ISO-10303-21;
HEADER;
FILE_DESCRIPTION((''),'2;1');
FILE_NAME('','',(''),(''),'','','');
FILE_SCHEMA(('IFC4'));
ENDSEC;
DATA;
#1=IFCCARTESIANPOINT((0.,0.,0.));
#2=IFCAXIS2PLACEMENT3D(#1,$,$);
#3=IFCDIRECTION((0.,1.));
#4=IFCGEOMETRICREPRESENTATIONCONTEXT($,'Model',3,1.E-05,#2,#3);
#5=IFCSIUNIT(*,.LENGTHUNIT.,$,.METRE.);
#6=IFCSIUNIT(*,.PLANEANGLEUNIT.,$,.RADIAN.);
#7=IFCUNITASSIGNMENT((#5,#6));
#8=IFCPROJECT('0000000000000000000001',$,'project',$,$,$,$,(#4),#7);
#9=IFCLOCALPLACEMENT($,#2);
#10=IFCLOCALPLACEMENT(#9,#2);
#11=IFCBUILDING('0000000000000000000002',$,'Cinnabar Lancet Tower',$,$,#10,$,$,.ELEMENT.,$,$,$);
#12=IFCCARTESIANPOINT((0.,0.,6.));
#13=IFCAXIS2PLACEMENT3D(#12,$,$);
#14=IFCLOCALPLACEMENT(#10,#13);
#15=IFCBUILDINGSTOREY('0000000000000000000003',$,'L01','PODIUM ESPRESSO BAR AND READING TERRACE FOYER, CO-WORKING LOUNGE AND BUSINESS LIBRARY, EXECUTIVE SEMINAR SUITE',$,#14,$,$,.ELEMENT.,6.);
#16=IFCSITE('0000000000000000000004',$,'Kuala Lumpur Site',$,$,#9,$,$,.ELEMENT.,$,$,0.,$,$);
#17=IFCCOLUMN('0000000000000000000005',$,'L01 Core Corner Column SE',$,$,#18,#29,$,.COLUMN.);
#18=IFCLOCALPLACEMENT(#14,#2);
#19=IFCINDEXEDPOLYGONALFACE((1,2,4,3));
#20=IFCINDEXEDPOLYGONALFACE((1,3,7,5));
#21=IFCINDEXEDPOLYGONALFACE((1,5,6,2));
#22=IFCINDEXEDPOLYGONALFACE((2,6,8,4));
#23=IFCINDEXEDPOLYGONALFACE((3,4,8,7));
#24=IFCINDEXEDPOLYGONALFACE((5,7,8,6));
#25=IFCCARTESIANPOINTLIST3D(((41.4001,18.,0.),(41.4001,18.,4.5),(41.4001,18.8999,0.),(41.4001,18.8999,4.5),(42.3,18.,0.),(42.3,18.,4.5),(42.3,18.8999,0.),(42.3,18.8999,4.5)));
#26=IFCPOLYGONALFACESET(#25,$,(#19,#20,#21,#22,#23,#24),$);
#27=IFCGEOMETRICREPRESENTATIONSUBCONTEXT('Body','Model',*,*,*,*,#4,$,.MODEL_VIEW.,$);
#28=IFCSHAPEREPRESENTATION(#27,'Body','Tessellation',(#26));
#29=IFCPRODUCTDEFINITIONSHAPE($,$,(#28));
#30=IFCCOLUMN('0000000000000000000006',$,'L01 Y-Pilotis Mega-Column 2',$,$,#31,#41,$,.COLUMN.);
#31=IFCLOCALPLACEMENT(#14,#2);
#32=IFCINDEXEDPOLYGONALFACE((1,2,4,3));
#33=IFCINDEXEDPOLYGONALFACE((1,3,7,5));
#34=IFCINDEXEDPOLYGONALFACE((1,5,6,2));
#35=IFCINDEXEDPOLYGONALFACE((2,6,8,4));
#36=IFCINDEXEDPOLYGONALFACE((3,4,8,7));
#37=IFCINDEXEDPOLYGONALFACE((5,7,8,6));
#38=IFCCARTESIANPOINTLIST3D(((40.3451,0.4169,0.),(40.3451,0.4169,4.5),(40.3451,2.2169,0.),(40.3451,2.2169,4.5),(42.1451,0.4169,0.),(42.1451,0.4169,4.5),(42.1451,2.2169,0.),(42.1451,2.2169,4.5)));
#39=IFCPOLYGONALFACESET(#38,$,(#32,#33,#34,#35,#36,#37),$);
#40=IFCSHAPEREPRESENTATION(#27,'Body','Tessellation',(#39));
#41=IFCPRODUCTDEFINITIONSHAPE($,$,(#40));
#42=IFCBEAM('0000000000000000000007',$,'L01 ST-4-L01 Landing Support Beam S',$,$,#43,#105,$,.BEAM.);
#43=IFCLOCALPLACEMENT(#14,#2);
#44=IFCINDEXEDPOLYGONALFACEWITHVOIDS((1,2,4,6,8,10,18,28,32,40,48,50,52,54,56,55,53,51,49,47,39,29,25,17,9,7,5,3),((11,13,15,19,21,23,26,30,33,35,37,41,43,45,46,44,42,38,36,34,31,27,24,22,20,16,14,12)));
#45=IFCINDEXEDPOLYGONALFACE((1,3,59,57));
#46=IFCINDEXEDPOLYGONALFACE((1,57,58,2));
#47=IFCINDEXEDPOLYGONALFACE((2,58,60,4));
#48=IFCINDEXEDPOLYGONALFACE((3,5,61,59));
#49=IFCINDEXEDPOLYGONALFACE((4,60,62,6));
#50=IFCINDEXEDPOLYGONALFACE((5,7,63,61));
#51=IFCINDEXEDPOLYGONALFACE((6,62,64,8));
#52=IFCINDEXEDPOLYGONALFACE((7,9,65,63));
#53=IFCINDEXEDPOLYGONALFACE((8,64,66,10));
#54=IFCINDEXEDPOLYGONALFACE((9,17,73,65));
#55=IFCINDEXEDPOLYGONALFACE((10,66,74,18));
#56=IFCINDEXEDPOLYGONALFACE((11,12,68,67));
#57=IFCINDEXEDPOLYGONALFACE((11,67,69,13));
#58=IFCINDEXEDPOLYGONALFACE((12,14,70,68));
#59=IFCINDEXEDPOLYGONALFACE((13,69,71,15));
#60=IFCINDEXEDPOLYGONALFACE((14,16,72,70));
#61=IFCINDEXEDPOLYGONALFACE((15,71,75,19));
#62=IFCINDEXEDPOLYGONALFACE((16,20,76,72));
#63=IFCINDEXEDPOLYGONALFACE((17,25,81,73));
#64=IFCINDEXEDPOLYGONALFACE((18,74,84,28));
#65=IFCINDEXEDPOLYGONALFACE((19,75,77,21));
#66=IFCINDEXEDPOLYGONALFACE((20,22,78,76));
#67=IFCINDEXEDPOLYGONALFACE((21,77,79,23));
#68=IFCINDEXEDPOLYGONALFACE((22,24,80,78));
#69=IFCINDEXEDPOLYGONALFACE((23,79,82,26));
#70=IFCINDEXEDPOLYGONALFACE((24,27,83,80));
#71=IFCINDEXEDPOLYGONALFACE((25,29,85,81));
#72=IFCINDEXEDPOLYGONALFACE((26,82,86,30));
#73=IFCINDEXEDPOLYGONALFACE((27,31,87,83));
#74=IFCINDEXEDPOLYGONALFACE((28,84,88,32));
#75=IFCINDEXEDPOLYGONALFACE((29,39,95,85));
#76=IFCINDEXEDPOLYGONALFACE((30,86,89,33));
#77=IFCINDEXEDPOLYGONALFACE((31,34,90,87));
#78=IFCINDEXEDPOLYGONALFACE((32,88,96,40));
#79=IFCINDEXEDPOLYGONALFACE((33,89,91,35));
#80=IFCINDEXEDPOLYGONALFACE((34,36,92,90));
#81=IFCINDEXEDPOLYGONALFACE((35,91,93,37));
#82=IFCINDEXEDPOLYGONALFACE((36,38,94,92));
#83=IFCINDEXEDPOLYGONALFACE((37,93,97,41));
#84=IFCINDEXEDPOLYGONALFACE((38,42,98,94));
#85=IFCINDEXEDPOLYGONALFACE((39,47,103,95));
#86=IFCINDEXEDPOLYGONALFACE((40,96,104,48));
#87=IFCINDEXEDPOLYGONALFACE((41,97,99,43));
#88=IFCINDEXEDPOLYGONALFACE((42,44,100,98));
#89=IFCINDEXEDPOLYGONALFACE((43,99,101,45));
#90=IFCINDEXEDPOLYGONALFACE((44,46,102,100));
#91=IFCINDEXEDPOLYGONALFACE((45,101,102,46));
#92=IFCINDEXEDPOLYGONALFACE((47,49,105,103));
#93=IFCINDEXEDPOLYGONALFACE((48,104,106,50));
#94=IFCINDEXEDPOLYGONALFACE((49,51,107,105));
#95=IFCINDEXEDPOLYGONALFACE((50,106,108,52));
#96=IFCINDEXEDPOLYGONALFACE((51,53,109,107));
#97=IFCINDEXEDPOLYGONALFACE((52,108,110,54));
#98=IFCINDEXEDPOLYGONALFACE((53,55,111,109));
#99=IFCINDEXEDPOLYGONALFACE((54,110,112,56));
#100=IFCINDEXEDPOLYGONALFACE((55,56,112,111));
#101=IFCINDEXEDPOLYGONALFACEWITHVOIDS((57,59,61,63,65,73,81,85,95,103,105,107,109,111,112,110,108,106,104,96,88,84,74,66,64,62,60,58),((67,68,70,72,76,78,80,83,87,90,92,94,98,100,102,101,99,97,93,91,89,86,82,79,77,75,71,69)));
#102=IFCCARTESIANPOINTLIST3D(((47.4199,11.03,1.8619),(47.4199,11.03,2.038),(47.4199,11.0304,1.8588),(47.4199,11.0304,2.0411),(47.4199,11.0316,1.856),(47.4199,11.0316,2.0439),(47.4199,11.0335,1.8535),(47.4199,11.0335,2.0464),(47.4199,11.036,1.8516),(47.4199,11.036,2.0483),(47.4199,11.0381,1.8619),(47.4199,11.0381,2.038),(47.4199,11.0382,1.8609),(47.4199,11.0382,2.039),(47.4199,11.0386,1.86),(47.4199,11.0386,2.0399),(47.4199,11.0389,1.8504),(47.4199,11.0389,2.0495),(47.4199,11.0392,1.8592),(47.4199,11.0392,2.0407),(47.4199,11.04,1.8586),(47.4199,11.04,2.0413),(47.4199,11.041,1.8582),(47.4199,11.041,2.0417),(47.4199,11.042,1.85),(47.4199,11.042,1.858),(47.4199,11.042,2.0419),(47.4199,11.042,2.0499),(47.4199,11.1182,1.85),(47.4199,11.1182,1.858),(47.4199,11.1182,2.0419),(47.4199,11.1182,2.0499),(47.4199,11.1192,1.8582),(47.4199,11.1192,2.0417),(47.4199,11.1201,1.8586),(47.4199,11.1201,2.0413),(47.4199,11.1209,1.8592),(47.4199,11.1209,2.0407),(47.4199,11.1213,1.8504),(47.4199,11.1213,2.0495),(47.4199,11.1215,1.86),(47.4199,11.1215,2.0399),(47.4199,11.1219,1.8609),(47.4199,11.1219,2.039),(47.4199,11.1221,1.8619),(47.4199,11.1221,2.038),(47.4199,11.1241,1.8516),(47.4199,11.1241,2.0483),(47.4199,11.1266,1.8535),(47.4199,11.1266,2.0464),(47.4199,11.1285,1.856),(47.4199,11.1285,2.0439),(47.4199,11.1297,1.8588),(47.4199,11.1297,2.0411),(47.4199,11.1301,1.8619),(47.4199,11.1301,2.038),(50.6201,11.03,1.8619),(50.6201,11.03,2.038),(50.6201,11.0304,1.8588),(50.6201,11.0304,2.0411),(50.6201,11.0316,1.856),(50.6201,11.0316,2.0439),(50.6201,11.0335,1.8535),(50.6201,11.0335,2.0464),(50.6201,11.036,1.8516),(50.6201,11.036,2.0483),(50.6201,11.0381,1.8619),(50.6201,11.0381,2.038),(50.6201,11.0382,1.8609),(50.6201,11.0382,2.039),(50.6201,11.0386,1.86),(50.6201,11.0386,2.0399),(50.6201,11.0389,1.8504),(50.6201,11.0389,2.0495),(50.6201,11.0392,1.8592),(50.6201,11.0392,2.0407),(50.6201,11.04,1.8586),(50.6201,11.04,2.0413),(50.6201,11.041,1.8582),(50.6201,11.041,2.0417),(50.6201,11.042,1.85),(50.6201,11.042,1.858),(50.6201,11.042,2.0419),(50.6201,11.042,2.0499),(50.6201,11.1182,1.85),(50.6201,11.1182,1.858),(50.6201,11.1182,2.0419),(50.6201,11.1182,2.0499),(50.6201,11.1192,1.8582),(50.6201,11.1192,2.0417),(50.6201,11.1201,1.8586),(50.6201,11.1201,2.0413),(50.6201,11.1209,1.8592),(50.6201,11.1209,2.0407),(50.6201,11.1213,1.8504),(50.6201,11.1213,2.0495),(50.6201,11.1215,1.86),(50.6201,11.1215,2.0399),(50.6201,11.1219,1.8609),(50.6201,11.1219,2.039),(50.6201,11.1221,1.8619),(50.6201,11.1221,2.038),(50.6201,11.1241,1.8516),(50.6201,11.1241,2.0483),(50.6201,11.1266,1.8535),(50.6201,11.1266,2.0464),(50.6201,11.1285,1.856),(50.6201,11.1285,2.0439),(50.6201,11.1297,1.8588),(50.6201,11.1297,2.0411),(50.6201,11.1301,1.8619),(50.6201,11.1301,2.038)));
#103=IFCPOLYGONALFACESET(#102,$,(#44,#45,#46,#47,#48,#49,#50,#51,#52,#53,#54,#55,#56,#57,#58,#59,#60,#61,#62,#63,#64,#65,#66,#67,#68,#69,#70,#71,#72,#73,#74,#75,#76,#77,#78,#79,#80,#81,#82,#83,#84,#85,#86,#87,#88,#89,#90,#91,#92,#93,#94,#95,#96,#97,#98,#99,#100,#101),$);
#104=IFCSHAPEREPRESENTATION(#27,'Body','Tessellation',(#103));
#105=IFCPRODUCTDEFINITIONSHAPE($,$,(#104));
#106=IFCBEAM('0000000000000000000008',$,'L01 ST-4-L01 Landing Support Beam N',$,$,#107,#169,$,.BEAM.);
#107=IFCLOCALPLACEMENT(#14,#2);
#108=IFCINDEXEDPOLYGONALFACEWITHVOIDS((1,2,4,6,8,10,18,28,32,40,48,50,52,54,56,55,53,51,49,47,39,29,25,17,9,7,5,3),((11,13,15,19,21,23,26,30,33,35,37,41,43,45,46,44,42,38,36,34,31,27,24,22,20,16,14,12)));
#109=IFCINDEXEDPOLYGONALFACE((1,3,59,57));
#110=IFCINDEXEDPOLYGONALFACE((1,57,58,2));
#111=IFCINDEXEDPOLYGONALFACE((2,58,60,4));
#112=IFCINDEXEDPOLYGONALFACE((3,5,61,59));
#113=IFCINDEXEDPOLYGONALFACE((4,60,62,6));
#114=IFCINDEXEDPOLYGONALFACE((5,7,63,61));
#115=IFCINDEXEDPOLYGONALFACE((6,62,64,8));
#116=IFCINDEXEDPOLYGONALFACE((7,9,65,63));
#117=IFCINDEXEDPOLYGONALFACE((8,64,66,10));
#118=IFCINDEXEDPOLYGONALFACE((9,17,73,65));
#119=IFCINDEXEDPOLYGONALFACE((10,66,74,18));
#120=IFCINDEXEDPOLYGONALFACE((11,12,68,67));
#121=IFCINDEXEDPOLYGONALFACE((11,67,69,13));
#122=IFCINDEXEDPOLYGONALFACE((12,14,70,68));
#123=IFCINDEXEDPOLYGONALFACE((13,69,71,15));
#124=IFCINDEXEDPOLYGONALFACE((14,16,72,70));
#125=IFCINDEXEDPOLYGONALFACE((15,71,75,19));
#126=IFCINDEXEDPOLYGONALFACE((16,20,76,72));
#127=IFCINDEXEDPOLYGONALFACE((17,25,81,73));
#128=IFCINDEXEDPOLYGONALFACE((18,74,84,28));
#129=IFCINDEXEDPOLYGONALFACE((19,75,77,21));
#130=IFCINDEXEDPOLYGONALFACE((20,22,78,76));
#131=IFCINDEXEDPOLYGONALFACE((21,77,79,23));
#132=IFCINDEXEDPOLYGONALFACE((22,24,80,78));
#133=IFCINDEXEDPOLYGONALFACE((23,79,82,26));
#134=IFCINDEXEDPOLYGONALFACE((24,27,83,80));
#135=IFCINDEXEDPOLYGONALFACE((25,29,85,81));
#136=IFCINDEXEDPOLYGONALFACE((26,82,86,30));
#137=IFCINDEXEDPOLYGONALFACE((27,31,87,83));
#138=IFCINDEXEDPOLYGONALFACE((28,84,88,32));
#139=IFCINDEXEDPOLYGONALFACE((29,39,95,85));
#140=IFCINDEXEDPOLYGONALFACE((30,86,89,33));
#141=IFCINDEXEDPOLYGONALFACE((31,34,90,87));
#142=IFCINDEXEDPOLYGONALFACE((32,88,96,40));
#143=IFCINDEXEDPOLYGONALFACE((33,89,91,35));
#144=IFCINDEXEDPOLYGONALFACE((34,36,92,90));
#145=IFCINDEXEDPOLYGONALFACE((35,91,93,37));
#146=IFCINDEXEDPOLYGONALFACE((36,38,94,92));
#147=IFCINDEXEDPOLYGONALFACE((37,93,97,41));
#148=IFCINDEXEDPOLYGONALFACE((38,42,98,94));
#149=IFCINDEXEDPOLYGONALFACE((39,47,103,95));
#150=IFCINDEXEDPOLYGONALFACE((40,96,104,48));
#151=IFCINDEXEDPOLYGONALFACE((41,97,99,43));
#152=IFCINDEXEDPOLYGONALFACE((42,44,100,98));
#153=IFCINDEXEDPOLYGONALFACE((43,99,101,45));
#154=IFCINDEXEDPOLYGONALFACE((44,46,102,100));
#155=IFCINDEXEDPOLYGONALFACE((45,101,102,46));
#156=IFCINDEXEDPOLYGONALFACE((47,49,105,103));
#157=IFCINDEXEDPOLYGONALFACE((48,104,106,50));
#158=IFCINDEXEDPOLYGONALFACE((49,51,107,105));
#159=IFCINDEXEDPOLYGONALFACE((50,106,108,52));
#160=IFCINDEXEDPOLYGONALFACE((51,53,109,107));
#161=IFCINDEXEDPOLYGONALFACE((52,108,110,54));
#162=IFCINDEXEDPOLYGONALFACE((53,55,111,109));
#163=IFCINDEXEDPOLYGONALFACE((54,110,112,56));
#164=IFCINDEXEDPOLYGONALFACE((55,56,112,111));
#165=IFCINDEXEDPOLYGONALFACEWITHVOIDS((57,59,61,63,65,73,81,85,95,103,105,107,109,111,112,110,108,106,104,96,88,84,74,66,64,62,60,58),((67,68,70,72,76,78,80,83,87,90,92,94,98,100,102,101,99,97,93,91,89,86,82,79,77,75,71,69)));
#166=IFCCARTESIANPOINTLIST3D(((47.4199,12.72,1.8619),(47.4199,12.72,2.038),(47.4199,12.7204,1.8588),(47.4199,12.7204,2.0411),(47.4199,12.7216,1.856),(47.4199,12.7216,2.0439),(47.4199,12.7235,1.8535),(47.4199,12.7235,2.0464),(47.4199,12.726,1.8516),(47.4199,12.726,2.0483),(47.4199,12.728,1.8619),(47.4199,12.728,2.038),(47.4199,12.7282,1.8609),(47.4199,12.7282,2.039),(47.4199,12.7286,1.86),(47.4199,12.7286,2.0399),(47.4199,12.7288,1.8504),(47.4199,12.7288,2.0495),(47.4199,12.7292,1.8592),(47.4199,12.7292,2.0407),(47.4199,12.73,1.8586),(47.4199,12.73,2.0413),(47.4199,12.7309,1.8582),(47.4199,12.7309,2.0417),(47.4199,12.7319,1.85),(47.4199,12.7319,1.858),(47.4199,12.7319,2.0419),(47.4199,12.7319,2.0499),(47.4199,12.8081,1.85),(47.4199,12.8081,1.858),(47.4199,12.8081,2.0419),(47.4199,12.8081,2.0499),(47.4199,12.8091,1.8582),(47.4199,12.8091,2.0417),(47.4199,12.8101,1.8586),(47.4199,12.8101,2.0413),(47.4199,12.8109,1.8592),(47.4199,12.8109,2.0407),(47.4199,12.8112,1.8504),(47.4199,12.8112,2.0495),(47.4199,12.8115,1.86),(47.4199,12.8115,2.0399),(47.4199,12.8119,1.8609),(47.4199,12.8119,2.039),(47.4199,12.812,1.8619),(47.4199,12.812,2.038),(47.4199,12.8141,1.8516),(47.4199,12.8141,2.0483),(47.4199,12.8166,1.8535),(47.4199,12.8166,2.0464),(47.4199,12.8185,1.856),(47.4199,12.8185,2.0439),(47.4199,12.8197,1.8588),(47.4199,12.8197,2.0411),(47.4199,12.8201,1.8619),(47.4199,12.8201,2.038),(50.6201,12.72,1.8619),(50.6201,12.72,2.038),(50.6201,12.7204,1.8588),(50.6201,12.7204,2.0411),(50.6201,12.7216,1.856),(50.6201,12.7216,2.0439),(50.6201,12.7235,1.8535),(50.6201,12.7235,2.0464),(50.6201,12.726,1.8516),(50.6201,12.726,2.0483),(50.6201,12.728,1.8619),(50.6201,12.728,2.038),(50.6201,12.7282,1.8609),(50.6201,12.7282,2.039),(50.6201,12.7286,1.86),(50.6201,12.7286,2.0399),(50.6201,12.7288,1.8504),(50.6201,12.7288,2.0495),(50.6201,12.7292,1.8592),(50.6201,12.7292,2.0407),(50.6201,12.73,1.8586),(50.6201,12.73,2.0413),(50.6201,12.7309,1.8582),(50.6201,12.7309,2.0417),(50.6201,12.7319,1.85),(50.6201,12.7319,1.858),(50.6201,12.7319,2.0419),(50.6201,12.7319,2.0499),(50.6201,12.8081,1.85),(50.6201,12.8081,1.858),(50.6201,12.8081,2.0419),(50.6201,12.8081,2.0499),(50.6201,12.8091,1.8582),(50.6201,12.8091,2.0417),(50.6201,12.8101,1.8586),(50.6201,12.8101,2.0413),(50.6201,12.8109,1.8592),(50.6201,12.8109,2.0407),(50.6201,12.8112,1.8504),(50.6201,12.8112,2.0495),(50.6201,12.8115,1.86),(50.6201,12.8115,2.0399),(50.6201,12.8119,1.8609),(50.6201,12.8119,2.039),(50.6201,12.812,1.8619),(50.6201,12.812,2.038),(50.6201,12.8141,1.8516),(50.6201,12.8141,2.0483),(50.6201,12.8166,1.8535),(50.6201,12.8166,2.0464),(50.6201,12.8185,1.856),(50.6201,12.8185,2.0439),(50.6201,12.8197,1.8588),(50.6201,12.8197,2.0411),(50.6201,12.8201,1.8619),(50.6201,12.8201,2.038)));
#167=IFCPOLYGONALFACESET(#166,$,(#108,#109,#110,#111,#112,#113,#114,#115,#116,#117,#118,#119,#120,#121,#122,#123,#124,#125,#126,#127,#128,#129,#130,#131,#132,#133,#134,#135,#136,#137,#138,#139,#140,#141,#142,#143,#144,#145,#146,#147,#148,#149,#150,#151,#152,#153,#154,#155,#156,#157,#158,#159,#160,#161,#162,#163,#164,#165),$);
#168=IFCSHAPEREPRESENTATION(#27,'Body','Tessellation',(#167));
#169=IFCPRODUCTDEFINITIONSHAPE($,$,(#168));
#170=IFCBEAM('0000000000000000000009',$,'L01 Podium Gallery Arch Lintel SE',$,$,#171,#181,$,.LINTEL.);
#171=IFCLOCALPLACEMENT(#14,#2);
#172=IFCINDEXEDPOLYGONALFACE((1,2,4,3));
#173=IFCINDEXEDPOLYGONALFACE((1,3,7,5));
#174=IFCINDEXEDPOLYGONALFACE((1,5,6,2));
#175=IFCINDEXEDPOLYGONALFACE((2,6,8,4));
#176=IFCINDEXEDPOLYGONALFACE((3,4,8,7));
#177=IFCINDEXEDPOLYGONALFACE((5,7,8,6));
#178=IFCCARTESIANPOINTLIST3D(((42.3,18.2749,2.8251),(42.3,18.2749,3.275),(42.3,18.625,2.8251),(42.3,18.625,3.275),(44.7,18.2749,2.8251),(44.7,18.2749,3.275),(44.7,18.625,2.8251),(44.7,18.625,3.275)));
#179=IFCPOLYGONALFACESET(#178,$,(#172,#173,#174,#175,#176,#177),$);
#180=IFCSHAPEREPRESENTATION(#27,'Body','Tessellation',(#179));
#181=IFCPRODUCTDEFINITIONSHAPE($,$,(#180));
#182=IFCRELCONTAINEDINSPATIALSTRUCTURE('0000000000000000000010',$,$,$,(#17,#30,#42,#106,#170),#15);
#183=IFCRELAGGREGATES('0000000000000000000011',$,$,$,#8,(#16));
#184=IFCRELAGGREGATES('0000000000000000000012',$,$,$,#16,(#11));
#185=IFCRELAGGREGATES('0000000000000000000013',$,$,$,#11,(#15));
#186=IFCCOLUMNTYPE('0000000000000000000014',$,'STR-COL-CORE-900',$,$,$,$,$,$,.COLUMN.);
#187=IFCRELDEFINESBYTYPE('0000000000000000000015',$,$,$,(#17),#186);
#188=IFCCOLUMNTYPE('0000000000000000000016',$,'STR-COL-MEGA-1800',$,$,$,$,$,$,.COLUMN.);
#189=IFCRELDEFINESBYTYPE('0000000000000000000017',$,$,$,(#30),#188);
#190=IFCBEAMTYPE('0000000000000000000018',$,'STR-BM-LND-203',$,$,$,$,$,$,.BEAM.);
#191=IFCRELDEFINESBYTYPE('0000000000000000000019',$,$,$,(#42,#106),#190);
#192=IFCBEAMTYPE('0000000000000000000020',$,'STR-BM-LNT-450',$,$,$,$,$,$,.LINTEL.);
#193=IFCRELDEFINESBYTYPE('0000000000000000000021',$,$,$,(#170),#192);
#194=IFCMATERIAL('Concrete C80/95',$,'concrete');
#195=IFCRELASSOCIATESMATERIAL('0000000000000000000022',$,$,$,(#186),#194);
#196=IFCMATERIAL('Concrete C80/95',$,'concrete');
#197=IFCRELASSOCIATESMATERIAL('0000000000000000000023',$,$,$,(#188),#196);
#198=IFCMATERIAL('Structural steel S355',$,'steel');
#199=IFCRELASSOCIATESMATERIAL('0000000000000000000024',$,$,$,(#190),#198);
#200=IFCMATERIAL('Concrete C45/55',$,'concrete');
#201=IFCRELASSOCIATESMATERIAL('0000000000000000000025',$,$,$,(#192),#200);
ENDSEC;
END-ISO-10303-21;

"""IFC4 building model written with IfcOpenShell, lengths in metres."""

from ifc_helpers import new_model, si_unit, direction, frame, origin, origin_2d, place, context, subcontext, project, spatial, rectangle, hollow_rectangle, extrude, material, material_profile, profile_set, type_object, element, save


model = new_model("IFC4")

# Units and contexts
model_context = context("Model", 3, precision=1e-05, world=origin(), true_north=direction((0.0, 1.0)))
body_context = subcontext(model_context, "Body", "Model", "MODEL_VIEW")
ifc_project = project(units=[si_unit("LENGTHUNIT", "METRE"), si_unit("PLANEANGLEUNIT", "RADIAN")], contexts=[model_context])

# Site, building, storey
site_placement = place(None, origin())
site = spatial("IfcSite", under=ifc_project, at=site_placement, Name="Kuala Lumpur Site", CompositionType="ELEMENT", RefElevation=0.0)
building_placement = place(site_placement, origin())
building = spatial("IfcBuilding", under=site, at=building_placement, Name="Cinnabar Lancet Tower", CompositionType="ELEMENT")
storey_placement = place(building_placement, frame((0.0, 0.0, 6.0)))
storey = spatial("IfcBuildingStorey", under=building, at=storey_placement, Name="L01", Description="PODIUM ESPRESSO BAR AND READING TERRACE FOYER, CO-WORKING LOUNGE AND BUSINESS LIBRARY, EXECUTIVE SEMINAR SUITE", CompositionType="ELEMENT", Elevation=6.0)

# Columns
ifc_material_1 = material(Name="Concrete C80/95", Category="concrete")
ifc_material_profile_1 = material_profile(ifc_material_1, rectangle(XDim=0.8999, YDim=0.8999, at=origin_2d()), Name="RC-COL 900x900")
ifc_profile_set_1 = profile_set([ifc_material_profile_1], Name="Concrete C80/95")
column_type_1 = type_object("IfcColumnType", Name="STR-COL-CORE-900", PredefinedType="COLUMN", material=ifc_profile_set_1)
column_1_placement = place(storey_placement, frame((41.8501, 18.45, 0.0), z_axis=(0.0, 0.0, 1.0), x_axis=(1.0, 0.0, 0.0)))
element("IfcColumn", 1, at=column_1_placement, inside=storey, type_object=column_type_1, Name="L01 Core Corner Column SE", PredefinedType="COLUMN", context=body_context, shape_type="SweptSolid", body=[
    extrude(rectangle(XDim=0.8999, YDim=0.8999, at=origin_2d()), origin(), (0.0, 0.0, 1.0), 4.5),
])
ifc_material_2 = material(Name="Concrete C80/95", Category="concrete")
ifc_material_profile_2 = material_profile(ifc_material_2, rectangle(XDim=1.8, YDim=1.8, at=origin_2d()), Name="RC-MEGA 1800x1800")
ifc_profile_set_2 = profile_set([ifc_material_profile_2], Name="Concrete C80/95")
column_type_2 = type_object("IfcColumnType", Name="STR-COL-MEGA-1800", PredefinedType="COLUMN", material=ifc_profile_set_2)
column_2_placement = place(storey_placement, frame((41.2451, 1.3169, 0.0), z_axis=(0.0, 0.0, 1.0), x_axis=(1.0, 0.0, 0.0)))
element("IfcColumn", 2, at=column_2_placement, inside=storey, type_object=column_type_2, Name="L01 Y-Pilotis Mega-Column 2", PredefinedType="COLUMN", context=body_context, shape_type="SweptSolid", body=[
    extrude(rectangle(XDim=1.8, YDim=1.8, at=origin_2d()), origin(), (0.0, 0.0, 1.0), 4.5),
])

# Beams
ifc_material_3 = material(Name="Structural steel S355", Category="steel")
ifc_material_profile_3 = material_profile(ifc_material_3, hollow_rectangle(XDim=0.1001, YDim=0.2, WallThickness=0.0081, InnerFilletRadius=0.0039, OuterFilletRadius=0.012, at=origin_2d()), Name="RHS 200x100x8")
ifc_profile_set_3 = profile_set([ifc_material_profile_3], Name="Structural steel S355")
beam_type_1 = type_object("IfcBeamType", Name="STR-BM-LND-203", PredefinedType="BEAM", material=ifc_profile_set_3)
for number, where, z_axis, x_axis, name in (
    (3, (47.4199, 11.0801, 1.95), (1.0, 0.0, 0.0), (0.0, 1.0, 0.0), "L01 ST-4-L01 Landing Support Beam S"),
    (4, (47.4199, 12.77, 1.95), (1.0, 0.0, 0.0), (0.0, 1.0, 0.0), "L01 ST-4-L01 Landing Support Beam N"),
):
    element("IfcBeam", number, at=place(storey_placement, frame(where, z_axis=z_axis, x_axis=x_axis)), inside=storey, type_object=beam_type_1, Name=name, PredefinedType="BEAM", context=body_context, shape_type="SweptSolid", body=[
        extrude(hollow_rectangle(XDim=0.1001, YDim=0.2, WallThickness=0.0081, InnerFilletRadius=0.0039, OuterFilletRadius=0.012, at=origin_2d()), origin(), (0.0, 0.0, 1.0), 3.2002),
    ])
ifc_material_4 = material(Name="Concrete C45/55", Category="concrete")
ifc_material_profile_4 = material_profile(ifc_material_4, rectangle(XDim=0.3501, YDim=0.45, at=origin_2d()), Name="RC-LNT 350x450")
ifc_profile_set_4 = profile_set([ifc_material_profile_4], Name="Concrete C45/55")
beam_type_2 = type_object("IfcBeamType", Name="STR-BM-LNT-450", PredefinedType="LINTEL", material=ifc_profile_set_4)
beam_1_placement = place(storey_placement, frame((42.3, 18.45, 3.05), z_axis=(1.0, 0.0, 0.0), x_axis=(0.0, 1.0, 0.0)))
element("IfcBeam", 5, at=beam_1_placement, inside=storey, type_object=beam_type_2, Name="L01 Podium Gallery Arch Lintel SE", PredefinedType="LINTEL", context=body_context, shape_type="SweptSolid", body=[
    extrude(rectangle(XDim=0.3501, YDim=0.45, at=origin_2d()), origin(), (0.0, 0.0, 1.0), 2.3999),
])

save(model, "model.ifc")
